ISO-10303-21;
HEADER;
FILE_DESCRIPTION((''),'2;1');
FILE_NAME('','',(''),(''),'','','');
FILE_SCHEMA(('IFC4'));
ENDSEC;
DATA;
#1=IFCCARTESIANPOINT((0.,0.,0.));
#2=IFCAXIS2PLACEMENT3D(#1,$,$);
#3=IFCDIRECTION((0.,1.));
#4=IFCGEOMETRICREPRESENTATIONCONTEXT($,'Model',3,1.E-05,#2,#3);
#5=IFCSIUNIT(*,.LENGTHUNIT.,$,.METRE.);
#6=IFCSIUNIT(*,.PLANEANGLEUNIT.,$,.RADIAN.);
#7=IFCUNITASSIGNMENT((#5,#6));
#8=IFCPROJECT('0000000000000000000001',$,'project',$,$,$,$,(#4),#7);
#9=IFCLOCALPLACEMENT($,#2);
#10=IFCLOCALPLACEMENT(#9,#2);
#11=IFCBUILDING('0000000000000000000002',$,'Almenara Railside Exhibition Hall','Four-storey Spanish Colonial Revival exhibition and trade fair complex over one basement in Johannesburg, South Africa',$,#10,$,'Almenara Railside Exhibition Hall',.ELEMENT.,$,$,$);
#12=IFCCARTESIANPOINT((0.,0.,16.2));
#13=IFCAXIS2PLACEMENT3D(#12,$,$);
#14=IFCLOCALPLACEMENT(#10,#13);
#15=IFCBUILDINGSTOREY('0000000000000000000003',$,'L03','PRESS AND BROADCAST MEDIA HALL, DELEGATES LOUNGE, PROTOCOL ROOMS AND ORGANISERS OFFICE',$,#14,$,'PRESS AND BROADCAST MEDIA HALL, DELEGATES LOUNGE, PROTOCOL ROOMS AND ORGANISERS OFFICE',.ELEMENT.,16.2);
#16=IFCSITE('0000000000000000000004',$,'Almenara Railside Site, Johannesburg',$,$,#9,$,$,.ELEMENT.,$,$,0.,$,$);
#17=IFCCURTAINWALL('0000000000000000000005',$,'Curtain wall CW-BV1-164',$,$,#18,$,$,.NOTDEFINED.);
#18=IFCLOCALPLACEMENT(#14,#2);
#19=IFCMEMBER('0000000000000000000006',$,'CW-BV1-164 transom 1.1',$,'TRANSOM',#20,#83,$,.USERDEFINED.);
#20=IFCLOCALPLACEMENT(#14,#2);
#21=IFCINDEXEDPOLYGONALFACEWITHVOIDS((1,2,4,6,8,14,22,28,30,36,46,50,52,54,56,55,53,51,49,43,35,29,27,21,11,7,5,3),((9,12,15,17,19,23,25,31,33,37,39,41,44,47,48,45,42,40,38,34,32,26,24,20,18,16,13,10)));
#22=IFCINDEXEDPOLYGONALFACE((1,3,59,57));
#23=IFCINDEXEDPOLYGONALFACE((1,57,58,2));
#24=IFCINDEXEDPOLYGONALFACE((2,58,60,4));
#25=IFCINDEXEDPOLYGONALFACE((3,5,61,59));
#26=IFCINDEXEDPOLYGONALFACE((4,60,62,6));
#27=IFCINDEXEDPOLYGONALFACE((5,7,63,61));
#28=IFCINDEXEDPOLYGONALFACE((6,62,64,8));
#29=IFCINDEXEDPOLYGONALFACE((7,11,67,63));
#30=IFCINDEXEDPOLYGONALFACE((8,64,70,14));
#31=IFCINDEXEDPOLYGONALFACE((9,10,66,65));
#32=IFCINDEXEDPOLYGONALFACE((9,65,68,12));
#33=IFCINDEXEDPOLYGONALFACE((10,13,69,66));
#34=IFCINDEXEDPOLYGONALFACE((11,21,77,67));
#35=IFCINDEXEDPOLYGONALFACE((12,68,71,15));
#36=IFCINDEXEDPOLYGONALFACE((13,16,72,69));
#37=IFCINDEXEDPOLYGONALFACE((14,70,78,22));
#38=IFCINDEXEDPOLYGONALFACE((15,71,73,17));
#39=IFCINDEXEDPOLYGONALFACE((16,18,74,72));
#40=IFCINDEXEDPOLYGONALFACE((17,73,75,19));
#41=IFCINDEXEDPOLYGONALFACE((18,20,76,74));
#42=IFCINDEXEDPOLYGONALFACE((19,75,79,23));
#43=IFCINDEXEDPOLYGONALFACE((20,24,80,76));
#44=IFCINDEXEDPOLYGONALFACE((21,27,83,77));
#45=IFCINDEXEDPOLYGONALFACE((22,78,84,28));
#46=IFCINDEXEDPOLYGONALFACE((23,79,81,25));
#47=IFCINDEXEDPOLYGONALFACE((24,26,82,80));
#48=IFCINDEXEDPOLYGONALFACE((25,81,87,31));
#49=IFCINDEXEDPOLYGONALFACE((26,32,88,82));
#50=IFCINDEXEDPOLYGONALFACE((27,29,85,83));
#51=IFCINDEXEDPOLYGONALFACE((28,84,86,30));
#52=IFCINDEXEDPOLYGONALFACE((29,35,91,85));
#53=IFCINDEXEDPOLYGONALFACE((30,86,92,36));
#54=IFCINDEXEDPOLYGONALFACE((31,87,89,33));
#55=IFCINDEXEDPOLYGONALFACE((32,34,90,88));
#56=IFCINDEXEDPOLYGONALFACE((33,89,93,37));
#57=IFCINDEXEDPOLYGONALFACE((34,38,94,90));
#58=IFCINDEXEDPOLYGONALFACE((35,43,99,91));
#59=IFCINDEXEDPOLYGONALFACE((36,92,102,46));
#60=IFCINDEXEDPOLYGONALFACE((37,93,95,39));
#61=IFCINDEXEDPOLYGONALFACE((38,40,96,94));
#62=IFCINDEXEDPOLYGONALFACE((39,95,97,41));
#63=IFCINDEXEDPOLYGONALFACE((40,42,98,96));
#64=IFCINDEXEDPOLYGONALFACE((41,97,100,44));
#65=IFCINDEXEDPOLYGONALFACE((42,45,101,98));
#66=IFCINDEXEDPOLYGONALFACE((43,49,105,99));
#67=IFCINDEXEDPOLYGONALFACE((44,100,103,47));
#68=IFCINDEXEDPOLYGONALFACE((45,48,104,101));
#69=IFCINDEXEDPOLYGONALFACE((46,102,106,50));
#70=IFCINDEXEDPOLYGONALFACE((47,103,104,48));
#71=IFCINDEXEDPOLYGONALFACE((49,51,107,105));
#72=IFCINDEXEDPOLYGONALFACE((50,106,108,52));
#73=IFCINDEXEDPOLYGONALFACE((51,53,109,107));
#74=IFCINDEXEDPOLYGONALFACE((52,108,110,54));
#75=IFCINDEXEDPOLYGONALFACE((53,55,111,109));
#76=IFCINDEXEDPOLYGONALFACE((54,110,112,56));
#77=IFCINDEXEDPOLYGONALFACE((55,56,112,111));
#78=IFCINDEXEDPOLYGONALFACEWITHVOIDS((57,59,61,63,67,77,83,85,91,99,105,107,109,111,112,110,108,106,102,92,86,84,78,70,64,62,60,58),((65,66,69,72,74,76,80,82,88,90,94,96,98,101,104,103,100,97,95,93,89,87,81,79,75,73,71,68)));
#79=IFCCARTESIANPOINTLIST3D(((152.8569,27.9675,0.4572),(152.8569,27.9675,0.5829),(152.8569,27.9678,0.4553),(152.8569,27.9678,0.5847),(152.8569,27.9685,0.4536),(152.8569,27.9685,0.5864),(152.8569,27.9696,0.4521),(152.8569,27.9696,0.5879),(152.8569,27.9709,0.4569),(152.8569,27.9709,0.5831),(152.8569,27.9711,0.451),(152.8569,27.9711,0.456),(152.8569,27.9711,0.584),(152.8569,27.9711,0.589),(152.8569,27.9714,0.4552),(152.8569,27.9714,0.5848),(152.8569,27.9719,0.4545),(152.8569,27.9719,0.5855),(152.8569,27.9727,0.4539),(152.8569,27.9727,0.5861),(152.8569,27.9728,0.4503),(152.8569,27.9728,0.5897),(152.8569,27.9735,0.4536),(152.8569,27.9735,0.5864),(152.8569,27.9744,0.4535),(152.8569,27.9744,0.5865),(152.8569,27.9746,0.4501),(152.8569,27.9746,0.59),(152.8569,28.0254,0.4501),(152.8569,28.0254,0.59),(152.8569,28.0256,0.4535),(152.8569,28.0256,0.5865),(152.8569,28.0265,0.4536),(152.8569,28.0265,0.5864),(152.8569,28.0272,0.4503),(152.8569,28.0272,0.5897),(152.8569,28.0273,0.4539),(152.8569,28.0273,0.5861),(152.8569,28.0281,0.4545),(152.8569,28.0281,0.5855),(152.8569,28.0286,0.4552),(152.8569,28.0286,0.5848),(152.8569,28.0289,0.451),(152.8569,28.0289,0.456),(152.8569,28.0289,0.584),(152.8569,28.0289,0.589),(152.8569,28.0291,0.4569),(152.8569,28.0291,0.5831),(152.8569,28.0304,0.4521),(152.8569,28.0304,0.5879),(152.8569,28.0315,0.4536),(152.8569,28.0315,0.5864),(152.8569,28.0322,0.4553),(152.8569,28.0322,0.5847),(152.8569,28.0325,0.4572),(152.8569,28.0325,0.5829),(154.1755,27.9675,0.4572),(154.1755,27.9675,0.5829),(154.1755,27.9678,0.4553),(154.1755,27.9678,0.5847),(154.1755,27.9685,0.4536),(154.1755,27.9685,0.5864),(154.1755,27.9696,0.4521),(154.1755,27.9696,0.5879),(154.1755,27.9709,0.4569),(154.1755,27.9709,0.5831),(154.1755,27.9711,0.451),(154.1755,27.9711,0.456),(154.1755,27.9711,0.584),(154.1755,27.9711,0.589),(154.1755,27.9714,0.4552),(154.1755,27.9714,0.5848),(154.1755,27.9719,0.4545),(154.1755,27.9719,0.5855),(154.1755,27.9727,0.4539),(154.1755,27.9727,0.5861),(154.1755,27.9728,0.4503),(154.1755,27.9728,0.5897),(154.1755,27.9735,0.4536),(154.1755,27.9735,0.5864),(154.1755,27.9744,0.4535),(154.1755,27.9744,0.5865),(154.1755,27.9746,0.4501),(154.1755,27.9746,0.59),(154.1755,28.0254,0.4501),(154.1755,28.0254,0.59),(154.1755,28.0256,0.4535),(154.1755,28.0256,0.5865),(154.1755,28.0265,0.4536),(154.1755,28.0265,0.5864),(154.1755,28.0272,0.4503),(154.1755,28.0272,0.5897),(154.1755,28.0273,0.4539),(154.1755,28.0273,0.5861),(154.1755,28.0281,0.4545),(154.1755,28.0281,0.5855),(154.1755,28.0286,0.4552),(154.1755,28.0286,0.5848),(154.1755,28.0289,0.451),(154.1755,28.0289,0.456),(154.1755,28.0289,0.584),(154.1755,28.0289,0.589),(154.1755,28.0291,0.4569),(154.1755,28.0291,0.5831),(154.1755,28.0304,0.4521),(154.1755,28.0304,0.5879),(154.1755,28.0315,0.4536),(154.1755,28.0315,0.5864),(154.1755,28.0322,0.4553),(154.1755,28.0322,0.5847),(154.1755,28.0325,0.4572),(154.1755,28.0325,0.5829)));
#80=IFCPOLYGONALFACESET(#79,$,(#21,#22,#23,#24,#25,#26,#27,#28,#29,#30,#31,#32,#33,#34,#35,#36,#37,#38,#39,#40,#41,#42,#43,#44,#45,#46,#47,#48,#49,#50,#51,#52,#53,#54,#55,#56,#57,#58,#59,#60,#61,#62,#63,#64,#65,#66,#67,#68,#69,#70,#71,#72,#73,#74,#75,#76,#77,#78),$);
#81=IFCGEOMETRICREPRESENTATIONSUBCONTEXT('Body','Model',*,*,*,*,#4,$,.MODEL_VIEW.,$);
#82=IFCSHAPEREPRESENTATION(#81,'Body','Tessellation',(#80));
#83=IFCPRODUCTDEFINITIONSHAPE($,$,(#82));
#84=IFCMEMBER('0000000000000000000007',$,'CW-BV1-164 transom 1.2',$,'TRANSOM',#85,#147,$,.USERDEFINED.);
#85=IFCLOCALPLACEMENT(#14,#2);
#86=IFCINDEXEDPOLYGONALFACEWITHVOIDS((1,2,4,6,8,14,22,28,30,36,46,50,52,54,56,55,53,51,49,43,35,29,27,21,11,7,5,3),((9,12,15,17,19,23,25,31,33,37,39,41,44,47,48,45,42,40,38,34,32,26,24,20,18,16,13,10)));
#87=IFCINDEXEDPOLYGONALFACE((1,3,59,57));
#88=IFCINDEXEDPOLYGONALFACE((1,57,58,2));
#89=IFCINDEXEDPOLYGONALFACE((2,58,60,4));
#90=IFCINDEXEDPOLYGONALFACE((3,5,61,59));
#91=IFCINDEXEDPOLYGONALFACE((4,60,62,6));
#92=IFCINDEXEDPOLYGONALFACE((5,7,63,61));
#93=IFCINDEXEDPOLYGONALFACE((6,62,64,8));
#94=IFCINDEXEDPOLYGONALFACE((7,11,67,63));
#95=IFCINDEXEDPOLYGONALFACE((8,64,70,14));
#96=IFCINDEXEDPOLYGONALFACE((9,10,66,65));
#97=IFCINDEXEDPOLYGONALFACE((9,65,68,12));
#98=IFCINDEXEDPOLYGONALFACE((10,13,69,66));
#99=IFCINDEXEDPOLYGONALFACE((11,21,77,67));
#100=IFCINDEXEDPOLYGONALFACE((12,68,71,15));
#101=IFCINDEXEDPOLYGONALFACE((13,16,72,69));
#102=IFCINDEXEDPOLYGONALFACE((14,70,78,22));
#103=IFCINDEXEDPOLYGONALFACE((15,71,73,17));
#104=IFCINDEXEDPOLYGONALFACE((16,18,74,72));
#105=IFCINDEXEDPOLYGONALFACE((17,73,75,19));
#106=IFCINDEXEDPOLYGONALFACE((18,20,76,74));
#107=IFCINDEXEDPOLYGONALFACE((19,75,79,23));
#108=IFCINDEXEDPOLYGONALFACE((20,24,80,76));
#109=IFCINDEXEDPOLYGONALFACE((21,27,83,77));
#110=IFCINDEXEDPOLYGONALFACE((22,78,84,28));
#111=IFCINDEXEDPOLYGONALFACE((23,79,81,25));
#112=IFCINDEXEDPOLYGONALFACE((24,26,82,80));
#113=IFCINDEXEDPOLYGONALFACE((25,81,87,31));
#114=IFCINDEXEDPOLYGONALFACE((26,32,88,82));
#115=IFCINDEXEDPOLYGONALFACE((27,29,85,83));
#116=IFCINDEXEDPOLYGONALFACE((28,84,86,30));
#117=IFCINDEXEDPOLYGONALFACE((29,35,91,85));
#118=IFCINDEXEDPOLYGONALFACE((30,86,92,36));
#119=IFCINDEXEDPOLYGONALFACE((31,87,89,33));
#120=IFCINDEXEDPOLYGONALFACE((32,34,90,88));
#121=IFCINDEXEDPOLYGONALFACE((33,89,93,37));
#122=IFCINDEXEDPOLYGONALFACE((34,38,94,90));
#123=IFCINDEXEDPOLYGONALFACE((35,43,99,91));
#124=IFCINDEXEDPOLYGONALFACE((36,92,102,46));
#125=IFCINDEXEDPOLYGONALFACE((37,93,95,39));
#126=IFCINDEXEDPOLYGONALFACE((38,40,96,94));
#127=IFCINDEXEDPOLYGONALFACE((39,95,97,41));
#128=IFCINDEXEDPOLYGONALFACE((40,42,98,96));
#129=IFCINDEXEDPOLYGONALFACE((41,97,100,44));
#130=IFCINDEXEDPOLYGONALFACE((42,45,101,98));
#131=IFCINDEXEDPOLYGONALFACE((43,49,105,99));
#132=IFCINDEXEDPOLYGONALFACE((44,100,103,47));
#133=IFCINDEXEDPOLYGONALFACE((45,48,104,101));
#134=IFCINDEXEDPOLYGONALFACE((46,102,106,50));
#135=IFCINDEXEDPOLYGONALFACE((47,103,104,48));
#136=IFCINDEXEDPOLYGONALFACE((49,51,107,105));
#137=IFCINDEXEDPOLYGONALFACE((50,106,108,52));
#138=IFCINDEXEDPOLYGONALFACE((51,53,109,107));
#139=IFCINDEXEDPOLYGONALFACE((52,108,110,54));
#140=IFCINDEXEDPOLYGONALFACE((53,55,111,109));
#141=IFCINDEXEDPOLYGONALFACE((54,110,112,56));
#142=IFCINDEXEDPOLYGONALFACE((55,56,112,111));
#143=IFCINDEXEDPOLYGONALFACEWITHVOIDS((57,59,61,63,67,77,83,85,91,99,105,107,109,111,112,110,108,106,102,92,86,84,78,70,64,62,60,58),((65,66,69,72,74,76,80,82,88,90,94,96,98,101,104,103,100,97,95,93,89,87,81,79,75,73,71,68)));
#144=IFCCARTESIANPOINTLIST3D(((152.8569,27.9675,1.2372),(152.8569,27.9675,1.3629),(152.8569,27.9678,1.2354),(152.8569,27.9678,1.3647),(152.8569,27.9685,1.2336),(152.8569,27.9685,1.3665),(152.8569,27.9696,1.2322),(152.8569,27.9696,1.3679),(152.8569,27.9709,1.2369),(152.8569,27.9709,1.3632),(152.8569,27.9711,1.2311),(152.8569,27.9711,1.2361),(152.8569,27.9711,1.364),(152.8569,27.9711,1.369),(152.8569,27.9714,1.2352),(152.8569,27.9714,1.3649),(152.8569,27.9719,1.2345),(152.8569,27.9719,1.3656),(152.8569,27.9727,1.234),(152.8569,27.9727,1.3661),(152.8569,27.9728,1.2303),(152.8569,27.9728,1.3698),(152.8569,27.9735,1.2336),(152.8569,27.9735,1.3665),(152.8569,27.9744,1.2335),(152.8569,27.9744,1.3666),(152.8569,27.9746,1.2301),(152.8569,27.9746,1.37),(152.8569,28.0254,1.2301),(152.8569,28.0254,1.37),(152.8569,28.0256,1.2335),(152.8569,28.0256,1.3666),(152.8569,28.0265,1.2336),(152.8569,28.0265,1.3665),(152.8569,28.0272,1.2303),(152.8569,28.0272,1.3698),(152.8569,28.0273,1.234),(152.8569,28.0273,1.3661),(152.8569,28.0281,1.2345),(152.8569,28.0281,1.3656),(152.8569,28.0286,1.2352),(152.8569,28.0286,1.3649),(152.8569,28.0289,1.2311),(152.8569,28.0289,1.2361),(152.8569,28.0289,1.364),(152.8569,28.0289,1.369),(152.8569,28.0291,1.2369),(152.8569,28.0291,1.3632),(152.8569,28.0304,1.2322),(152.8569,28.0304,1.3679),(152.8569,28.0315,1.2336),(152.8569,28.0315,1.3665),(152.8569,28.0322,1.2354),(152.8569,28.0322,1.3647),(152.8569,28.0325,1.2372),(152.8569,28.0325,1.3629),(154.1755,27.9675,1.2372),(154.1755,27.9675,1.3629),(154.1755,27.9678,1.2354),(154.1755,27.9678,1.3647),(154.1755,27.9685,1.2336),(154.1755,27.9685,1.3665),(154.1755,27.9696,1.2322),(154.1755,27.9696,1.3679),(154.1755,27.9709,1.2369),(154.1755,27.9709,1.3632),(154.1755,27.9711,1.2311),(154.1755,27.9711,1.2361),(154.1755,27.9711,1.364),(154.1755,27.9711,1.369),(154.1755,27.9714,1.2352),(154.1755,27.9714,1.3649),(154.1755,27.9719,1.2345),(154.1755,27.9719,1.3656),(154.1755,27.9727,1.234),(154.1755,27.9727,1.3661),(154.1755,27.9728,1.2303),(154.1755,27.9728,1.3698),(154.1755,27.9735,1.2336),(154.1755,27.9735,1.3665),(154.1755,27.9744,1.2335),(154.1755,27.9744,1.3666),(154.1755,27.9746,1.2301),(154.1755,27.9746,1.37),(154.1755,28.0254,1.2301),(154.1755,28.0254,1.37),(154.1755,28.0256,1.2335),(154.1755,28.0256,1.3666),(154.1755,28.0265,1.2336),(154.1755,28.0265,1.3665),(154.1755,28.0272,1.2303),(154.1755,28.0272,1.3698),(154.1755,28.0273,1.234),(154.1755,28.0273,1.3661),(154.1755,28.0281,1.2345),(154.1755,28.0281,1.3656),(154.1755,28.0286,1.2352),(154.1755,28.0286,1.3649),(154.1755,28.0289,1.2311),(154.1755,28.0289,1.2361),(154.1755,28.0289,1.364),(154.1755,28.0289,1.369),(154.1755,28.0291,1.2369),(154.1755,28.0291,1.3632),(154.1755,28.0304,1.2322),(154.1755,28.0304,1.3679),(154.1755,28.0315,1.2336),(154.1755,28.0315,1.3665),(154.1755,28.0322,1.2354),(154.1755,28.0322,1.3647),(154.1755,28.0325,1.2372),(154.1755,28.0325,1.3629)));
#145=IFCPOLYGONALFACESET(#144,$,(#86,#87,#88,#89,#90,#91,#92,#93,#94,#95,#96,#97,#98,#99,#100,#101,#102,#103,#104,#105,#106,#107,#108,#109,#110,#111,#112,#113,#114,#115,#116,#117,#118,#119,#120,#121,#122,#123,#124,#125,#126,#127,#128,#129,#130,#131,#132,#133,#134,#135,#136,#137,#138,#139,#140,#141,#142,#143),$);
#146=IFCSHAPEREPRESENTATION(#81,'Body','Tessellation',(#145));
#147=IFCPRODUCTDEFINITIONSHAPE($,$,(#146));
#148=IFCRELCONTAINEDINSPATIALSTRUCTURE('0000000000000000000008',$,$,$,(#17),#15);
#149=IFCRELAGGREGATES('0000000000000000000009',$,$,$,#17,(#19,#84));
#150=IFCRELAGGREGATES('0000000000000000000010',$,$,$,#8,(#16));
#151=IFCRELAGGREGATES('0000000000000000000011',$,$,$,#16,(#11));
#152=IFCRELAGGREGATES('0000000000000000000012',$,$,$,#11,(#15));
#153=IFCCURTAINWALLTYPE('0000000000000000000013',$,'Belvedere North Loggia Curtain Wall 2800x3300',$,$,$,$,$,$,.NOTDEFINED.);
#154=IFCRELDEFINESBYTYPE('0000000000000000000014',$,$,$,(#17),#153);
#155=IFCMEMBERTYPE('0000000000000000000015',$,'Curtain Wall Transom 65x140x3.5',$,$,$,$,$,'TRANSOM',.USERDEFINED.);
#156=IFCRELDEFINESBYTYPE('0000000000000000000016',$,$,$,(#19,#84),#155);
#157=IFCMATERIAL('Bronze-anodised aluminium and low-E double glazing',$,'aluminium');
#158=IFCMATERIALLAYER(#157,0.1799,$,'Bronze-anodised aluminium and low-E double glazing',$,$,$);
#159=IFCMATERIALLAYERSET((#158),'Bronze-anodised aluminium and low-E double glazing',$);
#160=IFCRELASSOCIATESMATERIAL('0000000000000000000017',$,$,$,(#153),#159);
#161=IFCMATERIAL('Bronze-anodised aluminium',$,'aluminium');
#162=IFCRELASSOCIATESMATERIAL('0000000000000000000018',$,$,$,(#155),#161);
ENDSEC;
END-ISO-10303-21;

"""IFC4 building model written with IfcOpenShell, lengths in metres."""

from ifc_helpers import new_model, si_unit, direction, frame, origin, origin_2d, place, context, subcontext, project, spatial, hollow_rectangle, extrude, material, layer, layer_set, material_profile, profile_set, type_object, element, aggregate, save


model = new_model("IFC4")

# Units and contexts
model_context = context("Model", 3, precision=1e-05, world=origin(), true_north=direction((0.0, 1.0)))
body_context = subcontext(model_context, "Body", "Model", "MODEL_VIEW")
ifc_project = project(units=[si_unit("LENGTHUNIT", "METRE"), si_unit("PLANEANGLEUNIT", "RADIAN")], contexts=[model_context])

# Site, building, storey
site_placement = place(None, origin())
site = spatial("IfcSite", under=ifc_project, at=site_placement, Name="Almenara Railside Site, Johannesburg", CompositionType="ELEMENT", RefElevation=0.0)
building_placement = place(site_placement, origin())
building = spatial("IfcBuilding", under=site, at=building_placement, Name="Almenara Railside Exhibition Hall", Description="Four-storey Spanish Colonial Revival exhibition and trade fair complex over one basement in Johannesburg, South Africa", LongName="Almenara Railside Exhibition Hall", CompositionType="ELEMENT")
storey_placement = place(building_placement, frame((0.0, 0.0, 16.2)))
storey = spatial("IfcBuildingStorey", under=building, at=storey_placement, Name="L03", Description="PRESS AND BROADCAST MEDIA HALL, DELEGATES LOUNGE, PROTOCOL ROOMS AND ORGANISERS OFFICE", LongName="PRESS AND BROADCAST MEDIA HALL, DELEGATES LOUNGE, PROTOCOL ROOMS AND ORGANISERS OFFICE", CompositionType="ELEMENT", Elevation=16.2)

# Curtain wall, members
ifc_material_1 = material(Name="Bronze-anodised aluminium and low-E double glazing", Category="aluminium")
ifc_layer_1 = layer(ifc_material_1, 0.1799, Name="Bronze-anodised aluminium and low-E double glazing")
ifc_layer_set_1 = layer_set([ifc_layer_1], Name="Bronze-anodised aluminium and low-E double glazing")
curtain_wall_type = type_object("IfcCurtainWallType", Name="Belvedere North Loggia Curtain Wall 2800x3300", PredefinedType="NOTDEFINED", material=ifc_layer_set_1)
curtain_wall_placement = place(storey_placement, origin())
curtain_wall = element("IfcCurtainWall", 1, at=curtain_wall_placement, inside=storey, type_object=curtain_wall_type, Name="Curtain wall CW-BV1-164", PredefinedType="NOTDEFINED")
ifc_material_2 = material(Name="Bronze-anodised aluminium", Category="aluminium")
ifc_material_profile_1 = material_profile(ifc_material_2, hollow_rectangle(XDim=0.0649, YDim=0.1399, WallThickness=0.0034, InnerFilletRadius=0.0034, OuterFilletRadius=0.0071, at=origin_2d()), Name="ALU-TRN 65x140x3.5")
ifc_profile_set_1 = profile_set([ifc_material_profile_1], Name="Bronze-anodised aluminium")
member_type_1 = type_object("IfcMemberType", Name="Curtain Wall Transom 65x140x3.5", ElementType="TRANSOM", PredefinedType="USERDEFINED", material=ifc_profile_set_1)
member_1_placement = place(storey_placement, frame((152.8569, 28.0, 0.52), z_axis=(1.0, 0.0, 0.0), x_axis=(0.0, 1.0, 0.0)))
member_1 = element("IfcMember", 2, at=member_1_placement, type_object=member_type_1, Name="CW-BV1-164 transom 1.1", ObjectType="TRANSOM", PredefinedType="USERDEFINED", context=body_context, shape_type="SweptSolid", body=[
    extrude(hollow_rectangle(XDim=0.0649, YDim=0.1399, WallThickness=0.0034, InnerFilletRadius=0.0034, OuterFilletRadius=0.0071, at=origin_2d()), origin(), (0.0, 0.0, 1.0), 1.3186),
])
member_2_placement = place(storey_placement, frame((152.8569, 28.0, 1.3), z_axis=(1.0, 0.0, 0.0), x_axis=(0.0, 1.0, 0.0)))
member_2 = element("IfcMember", 3, at=member_2_placement, type_object=member_type_1, Name="CW-BV1-164 transom 1.2", ObjectType="TRANSOM", PredefinedType="USERDEFINED", context=body_context, shape_type="SweptSolid", body=[
    extrude(hollow_rectangle(XDim=0.0649, YDim=0.1399, WallThickness=0.0034, InnerFilletRadius=0.0034, OuterFilletRadius=0.0071, at=origin_2d()), origin(), (0.0, 0.0, 1.0), 1.3186),
])

aggregate(curtain_wall, [member_1, member_2])

save(model, "model.ifc")
